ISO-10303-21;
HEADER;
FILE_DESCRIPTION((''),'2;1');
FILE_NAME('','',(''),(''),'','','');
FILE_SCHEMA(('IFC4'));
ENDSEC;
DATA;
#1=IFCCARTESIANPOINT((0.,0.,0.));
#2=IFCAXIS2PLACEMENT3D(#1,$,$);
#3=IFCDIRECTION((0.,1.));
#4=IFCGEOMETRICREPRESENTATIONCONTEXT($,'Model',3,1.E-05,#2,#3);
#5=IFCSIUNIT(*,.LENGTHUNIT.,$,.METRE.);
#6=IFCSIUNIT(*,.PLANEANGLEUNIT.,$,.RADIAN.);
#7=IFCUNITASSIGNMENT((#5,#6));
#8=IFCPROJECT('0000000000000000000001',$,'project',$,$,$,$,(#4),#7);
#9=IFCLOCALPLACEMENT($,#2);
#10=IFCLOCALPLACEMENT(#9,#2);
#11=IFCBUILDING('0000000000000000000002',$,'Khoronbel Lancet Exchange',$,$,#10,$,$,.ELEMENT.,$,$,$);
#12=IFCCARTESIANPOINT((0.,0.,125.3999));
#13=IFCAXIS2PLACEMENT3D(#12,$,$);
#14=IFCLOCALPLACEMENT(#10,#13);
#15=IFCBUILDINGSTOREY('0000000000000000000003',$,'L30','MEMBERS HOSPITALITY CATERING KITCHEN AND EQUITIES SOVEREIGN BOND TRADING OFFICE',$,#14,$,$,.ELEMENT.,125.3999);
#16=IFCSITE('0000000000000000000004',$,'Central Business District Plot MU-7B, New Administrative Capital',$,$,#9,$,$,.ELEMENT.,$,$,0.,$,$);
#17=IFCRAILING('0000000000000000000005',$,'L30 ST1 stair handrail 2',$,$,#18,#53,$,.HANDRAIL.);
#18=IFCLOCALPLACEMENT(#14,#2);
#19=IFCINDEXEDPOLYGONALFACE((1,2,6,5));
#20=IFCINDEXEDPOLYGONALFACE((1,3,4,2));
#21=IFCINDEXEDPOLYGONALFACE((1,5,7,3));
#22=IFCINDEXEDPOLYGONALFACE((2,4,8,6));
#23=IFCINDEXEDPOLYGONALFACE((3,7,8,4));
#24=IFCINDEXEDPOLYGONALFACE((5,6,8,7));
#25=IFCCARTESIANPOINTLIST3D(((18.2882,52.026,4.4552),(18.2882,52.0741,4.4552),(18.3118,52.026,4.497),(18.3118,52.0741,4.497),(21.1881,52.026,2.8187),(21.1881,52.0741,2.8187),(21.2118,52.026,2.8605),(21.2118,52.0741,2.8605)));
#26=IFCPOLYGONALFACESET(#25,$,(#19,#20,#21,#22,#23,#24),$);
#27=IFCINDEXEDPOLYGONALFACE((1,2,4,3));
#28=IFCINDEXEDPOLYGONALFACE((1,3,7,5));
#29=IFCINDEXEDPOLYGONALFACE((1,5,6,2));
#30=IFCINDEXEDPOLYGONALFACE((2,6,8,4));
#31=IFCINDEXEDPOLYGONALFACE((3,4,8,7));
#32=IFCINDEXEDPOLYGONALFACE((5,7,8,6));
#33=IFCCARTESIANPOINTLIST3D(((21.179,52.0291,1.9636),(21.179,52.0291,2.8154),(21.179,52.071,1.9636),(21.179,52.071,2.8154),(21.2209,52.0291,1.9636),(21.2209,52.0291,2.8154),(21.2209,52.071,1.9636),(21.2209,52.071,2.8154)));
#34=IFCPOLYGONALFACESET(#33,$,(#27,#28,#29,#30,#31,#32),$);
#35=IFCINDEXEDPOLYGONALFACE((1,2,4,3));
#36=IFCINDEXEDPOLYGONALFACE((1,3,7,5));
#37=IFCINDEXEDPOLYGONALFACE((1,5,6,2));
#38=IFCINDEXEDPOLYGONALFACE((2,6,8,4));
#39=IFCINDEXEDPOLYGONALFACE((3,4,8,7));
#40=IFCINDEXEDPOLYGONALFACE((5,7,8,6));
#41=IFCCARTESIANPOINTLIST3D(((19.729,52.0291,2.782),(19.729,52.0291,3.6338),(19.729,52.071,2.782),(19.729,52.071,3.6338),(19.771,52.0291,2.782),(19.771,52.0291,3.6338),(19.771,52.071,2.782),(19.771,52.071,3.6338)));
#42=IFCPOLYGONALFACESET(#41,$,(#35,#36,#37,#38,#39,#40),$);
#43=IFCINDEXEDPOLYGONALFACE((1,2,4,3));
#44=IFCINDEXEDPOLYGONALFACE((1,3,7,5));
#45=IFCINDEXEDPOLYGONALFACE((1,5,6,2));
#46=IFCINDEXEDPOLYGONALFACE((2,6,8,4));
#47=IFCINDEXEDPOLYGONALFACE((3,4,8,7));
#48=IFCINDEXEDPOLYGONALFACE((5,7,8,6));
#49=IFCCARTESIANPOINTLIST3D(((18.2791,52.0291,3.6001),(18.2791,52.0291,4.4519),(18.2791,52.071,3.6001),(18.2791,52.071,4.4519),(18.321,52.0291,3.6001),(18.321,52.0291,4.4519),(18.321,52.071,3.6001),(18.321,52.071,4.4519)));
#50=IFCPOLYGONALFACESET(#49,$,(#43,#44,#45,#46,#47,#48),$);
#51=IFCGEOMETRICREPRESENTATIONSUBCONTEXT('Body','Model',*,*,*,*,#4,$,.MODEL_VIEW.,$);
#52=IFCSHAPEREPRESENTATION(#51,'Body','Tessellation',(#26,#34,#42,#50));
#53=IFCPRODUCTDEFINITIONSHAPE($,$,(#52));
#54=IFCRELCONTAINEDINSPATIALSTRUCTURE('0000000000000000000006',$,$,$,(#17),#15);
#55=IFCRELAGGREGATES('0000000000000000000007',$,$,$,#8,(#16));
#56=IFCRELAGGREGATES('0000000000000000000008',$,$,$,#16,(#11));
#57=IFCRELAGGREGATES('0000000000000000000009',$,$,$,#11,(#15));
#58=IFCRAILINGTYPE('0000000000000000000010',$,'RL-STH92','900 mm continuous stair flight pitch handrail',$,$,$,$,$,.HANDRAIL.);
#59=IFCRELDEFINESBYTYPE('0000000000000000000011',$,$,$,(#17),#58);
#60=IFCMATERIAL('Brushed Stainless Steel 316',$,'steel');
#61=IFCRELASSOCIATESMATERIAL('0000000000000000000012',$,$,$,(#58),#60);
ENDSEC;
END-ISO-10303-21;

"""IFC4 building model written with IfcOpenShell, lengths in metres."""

from ifc_helpers import new_model, si_unit, direction, frame, origin, origin_2d, place, context, subcontext, project, spatial, rectangle, extrude, material, type_object, element, save


model = new_model("IFC4")

# Units and contexts
model_context = context("Model", 3, precision=1e-05, world=origin(), true_north=direction((0.0, 1.0)))
body_context = subcontext(model_context, "Body", "Model", "MODEL_VIEW")
ifc_project = project(units=[si_unit("LENGTHUNIT", "METRE"), si_unit("PLANEANGLEUNIT", "RADIAN")], contexts=[model_context])

# Site, building, storey
site_placement = place(None, origin())
site = spatial("IfcSite", under=ifc_project, at=site_placement, Name="Central Business District Plot MU-7B, New Administrative Capital", CompositionType="ELEMENT", RefElevation=0.0)
building_placement = place(site_placement, origin())
building = spatial("IfcBuilding", under=site, at=building_placement, Name="Khoronbel Lancet Exchange", CompositionType="ELEMENT")
storey_placement = place(building_placement, frame((0.0, 0.0, 125.3999)))
storey = spatial("IfcBuildingStorey", under=building, at=storey_placement, Name="L30", Description="MEMBERS HOSPITALITY CATERING KITCHEN AND EQUITIES SOVEREIGN BOND TRADING OFFICE", CompositionType="ELEMENT", Elevation=125.3999)

# Railing
ifc_material_1 = material(Name="Brushed Stainless Steel 316", Category="steel")
railing_type_1 = type_object("IfcRailingType", Name="RL-STH92", Description="900 mm continuous stair flight pitch handrail", PredefinedType="HANDRAIL", material=ifc_material_1)
railing_1_placement = place(storey_placement, frame((21.2, 52.05, 1.9636)))
element("IfcRailing", 1, at=railing_1_placement, inside=storey, type_object=railing_type_1, Name="L30 ST1 stair handrail 2", PredefinedType="HANDRAIL", context=body_context, shape_type="SweptSolid", body=[
    extrude(rectangle(XDim=0.0481, YDim=0.0481, at=origin_2d()), frame((0.0, 0.0, 0.876), z_axis=(-0.870897, 0.0, 0.491465), x_axis=(0.0, -1.0, 0.0)), (0.0, 0.0, 1.0), 3.3298),
    extrude(rectangle(XDim=0.042, YDim=0.042, at=origin_2d()), origin(), (0.0, 0.0, 1.0), 0.8518),
    extrude(rectangle(XDim=0.042, YDim=0.042, at=origin_2d()), frame((-1.45, 0.0, 0.8184)), (0.0, 0.0, 1.0), 0.8518),
    extrude(rectangle(XDim=0.042, YDim=0.042, at=origin_2d()), frame((-2.8999, 0.0, 1.6365)), (0.0, 0.0, 1.0), 0.8518),
])

save(model, "model.ifc")
